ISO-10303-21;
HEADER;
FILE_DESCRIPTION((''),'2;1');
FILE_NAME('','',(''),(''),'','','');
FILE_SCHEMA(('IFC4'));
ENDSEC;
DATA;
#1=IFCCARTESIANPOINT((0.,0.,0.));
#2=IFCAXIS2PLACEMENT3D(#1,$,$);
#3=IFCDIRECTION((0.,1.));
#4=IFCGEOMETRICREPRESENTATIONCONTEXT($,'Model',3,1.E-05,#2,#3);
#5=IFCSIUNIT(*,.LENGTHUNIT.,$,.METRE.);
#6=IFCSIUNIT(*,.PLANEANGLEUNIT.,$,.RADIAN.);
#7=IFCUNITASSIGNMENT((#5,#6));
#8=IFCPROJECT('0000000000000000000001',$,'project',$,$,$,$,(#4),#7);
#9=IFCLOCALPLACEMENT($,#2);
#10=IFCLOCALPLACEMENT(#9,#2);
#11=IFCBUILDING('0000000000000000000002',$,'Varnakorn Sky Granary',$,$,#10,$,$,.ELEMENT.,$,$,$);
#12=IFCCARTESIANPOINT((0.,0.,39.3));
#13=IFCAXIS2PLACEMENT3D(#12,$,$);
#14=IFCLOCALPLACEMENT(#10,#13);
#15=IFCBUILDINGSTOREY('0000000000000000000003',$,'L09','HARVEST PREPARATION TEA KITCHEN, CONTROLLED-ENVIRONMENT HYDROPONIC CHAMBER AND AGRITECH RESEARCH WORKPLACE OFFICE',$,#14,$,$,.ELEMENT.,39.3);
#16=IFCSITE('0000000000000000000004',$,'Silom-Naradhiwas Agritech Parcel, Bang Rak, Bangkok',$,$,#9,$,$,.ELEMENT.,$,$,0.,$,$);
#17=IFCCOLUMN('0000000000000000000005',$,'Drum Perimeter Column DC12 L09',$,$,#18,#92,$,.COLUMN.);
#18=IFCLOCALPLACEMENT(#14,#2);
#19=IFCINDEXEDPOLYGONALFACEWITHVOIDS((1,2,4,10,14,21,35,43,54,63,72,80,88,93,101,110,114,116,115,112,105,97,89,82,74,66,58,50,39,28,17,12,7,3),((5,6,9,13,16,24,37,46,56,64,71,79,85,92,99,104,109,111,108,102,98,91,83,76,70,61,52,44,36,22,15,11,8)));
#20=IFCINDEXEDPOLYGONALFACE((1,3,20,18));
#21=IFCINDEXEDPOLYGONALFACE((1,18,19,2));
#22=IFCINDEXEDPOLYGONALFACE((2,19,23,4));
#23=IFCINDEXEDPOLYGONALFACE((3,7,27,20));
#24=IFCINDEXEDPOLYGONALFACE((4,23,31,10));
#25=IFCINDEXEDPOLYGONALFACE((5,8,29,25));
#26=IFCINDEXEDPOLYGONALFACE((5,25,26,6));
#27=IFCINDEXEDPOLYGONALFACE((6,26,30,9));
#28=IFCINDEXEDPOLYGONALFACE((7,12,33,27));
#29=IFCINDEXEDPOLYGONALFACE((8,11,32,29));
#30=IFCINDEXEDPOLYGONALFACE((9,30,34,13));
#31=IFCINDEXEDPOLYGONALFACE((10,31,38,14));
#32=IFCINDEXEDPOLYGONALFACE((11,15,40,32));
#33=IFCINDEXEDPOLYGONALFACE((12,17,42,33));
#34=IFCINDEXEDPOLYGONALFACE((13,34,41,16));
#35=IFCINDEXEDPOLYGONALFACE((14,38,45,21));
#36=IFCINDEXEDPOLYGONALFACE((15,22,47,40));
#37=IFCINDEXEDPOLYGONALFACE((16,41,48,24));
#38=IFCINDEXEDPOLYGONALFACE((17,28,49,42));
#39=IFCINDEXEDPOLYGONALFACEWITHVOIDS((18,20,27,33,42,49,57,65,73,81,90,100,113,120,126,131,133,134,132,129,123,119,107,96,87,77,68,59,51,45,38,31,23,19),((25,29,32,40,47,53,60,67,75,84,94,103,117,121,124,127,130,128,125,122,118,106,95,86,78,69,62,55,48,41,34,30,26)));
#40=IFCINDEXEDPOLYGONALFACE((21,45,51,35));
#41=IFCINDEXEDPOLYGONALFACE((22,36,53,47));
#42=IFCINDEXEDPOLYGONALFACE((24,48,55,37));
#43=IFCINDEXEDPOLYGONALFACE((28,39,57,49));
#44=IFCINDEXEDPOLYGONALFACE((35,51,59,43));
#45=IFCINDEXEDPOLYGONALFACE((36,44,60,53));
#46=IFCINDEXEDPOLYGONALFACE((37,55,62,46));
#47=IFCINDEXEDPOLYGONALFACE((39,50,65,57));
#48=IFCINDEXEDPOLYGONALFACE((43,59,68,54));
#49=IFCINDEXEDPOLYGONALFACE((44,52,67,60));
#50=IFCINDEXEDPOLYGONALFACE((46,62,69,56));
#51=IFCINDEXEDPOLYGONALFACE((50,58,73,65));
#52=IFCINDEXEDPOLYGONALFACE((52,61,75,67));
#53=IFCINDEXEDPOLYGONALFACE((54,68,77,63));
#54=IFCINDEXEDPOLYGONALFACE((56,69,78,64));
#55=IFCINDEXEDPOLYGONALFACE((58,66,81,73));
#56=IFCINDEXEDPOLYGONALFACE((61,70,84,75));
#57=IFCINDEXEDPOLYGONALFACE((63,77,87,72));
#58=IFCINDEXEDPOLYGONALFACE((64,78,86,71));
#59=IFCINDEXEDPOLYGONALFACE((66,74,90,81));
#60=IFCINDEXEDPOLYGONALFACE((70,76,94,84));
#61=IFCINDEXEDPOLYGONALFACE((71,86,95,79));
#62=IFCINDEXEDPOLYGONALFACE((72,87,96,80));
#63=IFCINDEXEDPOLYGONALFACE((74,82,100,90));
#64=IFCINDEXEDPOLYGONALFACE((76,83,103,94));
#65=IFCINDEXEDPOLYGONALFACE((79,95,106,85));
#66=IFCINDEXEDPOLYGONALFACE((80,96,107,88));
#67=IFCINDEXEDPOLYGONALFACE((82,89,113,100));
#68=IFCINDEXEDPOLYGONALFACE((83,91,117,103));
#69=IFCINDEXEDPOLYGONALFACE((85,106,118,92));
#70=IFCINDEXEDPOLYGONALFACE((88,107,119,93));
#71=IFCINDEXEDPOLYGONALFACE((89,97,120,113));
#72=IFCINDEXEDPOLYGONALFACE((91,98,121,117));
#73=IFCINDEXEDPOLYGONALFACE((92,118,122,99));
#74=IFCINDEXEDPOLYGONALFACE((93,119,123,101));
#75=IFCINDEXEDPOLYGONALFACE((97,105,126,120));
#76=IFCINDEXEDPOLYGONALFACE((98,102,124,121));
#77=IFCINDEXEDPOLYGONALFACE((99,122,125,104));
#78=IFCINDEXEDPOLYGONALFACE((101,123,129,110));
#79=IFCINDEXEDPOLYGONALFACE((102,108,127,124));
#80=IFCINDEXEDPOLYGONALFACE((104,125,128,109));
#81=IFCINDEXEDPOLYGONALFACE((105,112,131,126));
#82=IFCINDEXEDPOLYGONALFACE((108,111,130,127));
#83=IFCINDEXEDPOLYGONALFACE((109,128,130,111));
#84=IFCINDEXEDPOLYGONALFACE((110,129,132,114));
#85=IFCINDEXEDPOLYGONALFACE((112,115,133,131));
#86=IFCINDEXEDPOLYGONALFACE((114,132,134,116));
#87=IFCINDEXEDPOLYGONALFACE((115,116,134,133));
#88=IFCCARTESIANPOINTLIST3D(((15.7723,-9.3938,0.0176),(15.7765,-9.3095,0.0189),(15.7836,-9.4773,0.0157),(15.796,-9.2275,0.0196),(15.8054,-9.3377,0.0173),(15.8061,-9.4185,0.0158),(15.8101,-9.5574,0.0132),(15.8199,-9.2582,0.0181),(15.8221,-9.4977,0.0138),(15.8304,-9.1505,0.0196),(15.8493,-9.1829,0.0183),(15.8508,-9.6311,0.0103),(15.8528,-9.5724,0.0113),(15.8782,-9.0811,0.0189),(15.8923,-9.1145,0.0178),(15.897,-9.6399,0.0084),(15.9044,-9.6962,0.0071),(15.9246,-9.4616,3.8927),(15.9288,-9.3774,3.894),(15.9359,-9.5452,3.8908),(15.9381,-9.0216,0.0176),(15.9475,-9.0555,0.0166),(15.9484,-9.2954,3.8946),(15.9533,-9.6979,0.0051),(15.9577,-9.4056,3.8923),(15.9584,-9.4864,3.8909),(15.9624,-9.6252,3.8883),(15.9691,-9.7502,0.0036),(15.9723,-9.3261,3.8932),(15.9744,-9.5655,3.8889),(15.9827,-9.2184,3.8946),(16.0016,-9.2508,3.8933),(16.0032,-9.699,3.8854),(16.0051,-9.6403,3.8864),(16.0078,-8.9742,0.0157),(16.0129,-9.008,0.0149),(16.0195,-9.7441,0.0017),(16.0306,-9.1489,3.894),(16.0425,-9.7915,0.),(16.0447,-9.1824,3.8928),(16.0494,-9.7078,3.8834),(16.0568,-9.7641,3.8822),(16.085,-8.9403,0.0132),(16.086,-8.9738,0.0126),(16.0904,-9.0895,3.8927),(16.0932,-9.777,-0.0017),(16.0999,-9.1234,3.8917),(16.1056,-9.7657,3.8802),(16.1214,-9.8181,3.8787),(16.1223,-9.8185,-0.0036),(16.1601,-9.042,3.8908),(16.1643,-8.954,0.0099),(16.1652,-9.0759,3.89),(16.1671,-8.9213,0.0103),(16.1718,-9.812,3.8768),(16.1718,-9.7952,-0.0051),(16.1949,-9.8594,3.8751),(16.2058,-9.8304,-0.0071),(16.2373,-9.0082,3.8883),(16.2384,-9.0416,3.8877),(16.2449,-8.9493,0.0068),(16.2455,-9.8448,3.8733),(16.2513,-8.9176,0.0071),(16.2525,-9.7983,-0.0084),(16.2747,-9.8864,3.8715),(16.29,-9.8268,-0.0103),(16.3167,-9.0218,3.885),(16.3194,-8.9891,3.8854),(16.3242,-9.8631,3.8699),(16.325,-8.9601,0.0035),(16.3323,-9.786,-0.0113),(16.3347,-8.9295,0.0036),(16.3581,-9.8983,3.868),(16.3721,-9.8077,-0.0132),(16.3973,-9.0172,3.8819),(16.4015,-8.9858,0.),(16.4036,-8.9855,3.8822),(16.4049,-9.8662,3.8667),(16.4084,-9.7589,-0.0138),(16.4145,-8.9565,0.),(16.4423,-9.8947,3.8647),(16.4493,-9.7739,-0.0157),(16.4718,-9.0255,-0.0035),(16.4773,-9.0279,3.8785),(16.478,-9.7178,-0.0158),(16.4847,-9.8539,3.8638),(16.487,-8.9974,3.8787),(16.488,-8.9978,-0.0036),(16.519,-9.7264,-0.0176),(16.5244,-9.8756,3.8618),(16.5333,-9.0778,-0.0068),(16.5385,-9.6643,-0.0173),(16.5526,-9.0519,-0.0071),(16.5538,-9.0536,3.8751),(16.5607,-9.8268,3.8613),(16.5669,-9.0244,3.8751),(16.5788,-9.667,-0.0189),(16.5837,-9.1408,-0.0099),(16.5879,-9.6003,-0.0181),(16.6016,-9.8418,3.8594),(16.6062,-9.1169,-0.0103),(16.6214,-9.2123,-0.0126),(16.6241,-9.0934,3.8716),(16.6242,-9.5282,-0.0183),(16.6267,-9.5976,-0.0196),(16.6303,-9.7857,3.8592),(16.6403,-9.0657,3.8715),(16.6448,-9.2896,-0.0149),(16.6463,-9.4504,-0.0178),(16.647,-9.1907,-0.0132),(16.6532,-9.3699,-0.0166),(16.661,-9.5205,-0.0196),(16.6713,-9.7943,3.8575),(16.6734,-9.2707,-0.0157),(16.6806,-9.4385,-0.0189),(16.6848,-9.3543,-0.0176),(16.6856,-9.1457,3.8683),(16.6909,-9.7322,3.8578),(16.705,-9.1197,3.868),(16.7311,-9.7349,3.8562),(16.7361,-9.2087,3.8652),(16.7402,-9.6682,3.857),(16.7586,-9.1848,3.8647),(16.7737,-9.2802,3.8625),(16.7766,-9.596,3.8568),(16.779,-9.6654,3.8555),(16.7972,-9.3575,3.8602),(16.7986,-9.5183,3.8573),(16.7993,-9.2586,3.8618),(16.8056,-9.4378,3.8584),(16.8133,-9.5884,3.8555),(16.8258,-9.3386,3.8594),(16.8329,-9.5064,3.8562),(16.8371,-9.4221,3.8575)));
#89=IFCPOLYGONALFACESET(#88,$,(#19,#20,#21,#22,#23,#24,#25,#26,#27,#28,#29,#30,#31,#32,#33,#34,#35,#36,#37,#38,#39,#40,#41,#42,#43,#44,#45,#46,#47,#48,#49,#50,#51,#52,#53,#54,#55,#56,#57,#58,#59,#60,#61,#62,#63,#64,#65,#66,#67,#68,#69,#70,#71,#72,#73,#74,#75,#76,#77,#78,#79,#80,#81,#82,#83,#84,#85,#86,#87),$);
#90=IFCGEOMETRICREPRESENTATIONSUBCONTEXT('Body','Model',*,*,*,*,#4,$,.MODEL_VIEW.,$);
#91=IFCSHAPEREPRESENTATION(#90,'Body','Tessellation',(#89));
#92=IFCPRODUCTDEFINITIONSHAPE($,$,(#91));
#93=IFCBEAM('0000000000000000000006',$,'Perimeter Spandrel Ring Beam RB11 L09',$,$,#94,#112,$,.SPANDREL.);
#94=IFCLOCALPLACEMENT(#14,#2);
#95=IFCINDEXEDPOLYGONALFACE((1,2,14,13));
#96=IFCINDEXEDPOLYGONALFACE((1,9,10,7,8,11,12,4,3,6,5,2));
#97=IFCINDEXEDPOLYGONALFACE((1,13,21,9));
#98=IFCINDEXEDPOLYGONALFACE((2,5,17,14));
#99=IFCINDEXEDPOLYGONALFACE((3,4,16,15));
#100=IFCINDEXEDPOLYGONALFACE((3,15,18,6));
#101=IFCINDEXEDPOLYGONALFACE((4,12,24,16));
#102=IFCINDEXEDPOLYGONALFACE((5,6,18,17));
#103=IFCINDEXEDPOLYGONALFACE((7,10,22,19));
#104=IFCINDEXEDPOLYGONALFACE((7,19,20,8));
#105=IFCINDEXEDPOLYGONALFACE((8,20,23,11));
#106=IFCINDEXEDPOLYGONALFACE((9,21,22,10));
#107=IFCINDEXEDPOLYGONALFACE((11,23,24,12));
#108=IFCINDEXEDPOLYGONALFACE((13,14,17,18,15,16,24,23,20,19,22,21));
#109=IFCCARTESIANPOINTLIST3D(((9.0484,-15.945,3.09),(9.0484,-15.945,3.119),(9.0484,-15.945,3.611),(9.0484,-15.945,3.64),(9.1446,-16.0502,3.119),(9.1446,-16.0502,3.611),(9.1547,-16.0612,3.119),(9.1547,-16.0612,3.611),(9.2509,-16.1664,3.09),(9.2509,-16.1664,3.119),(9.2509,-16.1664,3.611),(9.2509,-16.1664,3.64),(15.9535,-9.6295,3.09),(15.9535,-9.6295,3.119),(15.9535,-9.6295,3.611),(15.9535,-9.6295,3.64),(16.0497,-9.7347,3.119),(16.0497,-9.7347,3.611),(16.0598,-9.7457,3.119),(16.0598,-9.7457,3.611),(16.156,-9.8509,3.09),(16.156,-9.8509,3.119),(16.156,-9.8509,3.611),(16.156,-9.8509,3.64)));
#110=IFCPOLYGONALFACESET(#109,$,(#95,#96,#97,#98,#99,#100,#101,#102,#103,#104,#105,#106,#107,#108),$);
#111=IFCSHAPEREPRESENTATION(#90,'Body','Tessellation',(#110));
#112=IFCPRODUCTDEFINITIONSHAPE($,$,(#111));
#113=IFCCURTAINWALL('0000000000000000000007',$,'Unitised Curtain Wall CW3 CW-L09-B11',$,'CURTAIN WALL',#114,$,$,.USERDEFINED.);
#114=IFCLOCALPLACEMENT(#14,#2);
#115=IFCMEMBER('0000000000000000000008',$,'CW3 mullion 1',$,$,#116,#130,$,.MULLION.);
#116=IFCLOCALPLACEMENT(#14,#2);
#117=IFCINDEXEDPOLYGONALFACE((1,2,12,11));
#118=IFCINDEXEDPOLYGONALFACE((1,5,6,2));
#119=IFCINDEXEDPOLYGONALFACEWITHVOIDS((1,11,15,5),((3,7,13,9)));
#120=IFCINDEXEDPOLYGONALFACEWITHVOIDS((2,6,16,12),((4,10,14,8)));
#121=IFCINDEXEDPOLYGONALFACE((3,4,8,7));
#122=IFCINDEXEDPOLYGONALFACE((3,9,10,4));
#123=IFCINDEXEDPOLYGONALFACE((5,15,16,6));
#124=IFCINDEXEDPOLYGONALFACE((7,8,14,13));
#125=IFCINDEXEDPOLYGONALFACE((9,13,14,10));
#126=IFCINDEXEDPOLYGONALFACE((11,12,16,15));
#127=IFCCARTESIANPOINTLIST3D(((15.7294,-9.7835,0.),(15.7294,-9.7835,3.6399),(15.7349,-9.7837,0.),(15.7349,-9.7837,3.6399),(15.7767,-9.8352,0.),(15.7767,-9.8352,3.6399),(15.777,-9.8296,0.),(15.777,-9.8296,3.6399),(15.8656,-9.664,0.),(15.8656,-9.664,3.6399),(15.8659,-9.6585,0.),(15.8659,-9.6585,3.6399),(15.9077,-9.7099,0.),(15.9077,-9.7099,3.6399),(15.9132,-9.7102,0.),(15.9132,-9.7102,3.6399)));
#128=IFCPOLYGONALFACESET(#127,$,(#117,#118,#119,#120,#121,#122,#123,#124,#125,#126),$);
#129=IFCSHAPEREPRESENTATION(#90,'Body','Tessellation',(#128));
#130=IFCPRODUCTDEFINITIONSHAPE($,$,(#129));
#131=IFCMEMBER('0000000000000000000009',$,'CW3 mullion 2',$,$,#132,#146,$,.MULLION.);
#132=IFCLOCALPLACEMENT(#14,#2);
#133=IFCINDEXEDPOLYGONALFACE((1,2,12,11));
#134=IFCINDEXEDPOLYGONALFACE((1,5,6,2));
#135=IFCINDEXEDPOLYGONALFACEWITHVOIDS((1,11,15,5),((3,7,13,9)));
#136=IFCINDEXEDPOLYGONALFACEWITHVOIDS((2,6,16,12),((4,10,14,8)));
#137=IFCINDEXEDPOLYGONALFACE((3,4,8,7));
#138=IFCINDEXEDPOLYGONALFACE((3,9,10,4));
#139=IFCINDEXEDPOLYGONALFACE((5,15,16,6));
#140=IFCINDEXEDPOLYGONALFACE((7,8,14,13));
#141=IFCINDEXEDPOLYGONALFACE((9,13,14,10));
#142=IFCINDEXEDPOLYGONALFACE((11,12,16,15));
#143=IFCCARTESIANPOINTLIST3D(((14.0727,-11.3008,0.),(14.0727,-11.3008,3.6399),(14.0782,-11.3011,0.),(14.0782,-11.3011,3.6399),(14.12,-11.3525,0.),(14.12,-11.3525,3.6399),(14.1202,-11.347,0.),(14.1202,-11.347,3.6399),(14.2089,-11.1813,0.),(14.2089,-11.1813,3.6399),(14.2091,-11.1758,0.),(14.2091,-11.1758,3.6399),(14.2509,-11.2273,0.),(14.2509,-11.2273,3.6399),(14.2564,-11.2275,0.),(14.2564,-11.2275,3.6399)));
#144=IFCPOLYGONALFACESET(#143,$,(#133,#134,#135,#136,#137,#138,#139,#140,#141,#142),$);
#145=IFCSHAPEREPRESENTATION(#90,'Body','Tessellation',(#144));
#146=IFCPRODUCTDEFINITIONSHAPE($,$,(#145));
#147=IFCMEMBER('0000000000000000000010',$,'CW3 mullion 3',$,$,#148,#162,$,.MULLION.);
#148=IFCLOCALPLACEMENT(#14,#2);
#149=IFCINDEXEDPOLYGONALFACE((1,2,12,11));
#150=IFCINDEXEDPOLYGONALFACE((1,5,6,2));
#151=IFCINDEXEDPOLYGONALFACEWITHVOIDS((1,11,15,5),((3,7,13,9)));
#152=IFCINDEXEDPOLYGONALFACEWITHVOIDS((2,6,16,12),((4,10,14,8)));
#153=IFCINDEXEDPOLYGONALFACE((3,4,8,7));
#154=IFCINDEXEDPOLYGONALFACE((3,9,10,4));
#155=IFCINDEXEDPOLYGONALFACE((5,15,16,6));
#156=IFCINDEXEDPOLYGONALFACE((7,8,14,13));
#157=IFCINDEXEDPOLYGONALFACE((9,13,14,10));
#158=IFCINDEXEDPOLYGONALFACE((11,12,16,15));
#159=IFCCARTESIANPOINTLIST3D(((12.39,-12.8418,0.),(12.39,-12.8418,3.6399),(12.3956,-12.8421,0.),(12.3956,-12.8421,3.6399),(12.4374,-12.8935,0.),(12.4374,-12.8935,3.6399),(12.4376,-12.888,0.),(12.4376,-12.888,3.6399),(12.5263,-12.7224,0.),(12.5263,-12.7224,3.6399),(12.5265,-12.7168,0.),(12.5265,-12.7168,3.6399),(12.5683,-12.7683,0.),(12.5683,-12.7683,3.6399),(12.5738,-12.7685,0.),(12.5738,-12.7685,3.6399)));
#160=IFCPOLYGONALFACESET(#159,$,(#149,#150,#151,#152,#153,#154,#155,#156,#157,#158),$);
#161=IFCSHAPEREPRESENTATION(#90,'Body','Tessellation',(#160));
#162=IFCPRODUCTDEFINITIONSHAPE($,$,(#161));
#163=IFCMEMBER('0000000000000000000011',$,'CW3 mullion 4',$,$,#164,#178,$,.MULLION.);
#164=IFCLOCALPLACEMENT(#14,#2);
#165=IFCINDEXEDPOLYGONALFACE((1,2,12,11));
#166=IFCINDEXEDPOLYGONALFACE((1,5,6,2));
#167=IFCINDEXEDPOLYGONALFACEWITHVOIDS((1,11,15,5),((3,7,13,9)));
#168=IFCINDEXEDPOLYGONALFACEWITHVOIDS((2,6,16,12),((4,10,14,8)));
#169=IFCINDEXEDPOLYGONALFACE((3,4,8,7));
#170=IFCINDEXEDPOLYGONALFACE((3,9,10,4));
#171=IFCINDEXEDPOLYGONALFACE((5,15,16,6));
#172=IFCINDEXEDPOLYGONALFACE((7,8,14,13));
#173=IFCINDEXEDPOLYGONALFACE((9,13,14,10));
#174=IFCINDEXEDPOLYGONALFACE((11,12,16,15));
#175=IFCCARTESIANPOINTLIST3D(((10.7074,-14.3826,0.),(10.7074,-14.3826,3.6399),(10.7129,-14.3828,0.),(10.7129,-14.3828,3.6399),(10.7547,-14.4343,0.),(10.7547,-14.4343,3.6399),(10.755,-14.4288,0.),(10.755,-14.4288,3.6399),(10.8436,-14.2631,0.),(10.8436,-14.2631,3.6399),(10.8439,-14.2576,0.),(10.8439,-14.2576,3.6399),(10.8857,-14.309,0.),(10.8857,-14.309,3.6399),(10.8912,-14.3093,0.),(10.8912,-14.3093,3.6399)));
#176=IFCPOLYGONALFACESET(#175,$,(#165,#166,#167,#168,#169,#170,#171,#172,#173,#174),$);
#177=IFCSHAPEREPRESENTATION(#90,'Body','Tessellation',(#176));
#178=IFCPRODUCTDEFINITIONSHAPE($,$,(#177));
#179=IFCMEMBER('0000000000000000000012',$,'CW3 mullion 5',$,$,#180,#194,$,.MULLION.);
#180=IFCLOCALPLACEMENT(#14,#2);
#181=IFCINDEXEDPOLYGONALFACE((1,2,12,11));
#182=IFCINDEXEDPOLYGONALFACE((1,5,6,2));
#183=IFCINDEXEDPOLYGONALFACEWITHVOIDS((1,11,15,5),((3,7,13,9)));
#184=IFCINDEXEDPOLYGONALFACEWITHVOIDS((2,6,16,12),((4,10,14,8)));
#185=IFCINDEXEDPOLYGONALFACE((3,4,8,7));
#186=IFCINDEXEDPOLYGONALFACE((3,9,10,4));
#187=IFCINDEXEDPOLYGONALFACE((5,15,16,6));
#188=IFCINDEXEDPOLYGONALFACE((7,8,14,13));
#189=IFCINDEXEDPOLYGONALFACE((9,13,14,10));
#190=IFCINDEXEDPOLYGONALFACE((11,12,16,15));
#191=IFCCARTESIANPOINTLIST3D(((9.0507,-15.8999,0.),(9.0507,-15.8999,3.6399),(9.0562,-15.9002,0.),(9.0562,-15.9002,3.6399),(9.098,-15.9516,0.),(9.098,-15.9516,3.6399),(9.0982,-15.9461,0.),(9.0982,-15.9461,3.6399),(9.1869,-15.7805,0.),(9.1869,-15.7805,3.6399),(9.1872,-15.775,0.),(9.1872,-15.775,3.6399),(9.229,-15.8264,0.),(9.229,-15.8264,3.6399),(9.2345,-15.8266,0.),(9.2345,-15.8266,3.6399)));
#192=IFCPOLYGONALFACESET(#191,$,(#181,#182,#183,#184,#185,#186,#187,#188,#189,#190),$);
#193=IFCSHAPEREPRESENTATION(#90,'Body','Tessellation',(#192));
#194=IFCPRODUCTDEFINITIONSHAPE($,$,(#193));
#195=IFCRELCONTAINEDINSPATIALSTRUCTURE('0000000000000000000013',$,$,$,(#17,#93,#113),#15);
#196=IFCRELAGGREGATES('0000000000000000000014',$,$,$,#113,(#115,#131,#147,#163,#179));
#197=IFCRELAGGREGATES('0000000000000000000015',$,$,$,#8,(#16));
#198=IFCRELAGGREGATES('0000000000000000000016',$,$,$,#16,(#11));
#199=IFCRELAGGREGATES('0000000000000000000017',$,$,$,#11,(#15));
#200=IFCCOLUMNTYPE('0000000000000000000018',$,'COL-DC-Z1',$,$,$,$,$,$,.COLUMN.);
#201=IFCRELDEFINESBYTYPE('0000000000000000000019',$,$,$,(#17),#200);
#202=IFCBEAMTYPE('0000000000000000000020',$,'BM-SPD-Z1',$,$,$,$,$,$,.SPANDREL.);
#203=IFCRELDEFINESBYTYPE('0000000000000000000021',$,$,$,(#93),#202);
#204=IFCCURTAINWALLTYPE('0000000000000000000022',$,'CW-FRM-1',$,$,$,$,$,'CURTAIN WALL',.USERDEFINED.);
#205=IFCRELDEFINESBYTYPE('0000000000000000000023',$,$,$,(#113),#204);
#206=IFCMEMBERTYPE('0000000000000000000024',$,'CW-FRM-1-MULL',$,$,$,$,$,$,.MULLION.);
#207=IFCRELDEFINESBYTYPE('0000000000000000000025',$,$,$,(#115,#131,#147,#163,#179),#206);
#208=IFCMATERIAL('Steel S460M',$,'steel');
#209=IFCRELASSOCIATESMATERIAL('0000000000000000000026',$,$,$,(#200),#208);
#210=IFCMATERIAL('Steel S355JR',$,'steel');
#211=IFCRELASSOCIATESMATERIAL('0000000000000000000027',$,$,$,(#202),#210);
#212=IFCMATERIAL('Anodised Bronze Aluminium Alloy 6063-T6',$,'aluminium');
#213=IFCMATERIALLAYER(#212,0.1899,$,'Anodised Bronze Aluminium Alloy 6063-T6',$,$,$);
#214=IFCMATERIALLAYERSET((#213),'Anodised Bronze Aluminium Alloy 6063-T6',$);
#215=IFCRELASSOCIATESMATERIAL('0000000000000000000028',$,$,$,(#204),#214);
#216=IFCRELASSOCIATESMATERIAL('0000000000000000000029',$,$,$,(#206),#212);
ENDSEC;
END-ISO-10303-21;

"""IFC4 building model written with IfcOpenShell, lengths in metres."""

from ifc_helpers import new_model, si_unit, direction, frame, origin, origin_2d, place, context, subcontext, project, spatial, hollow_rectangle, hollow_circle, i_section, extrude, material, layer, layer_set, material_profile, profile_set, type_object, element, aggregate, save


model = new_model("IFC4")

# Units and contexts
model_context = context("Model", 3, precision=1e-05, world=origin(), true_north=direction((0.0, 1.0)))
body_context = subcontext(model_context, "Body", "Model", "MODEL_VIEW")
ifc_project = project(units=[si_unit("LENGTHUNIT", "METRE"), si_unit("PLANEANGLEUNIT", "RADIAN")], contexts=[model_context])

# Site, building, storey
site_placement = place(None, origin())
site = spatial("IfcSite", under=ifc_project, at=site_placement, Name="Silom-Naradhiwas Agritech Parcel, Bang Rak, Bangkok", CompositionType="ELEMENT", RefElevation=0.0)
building_placement = place(site_placement, origin())
building = spatial("IfcBuilding", under=site, at=building_placement, Name="Varnakorn Sky Granary", CompositionType="ELEMENT")
storey_placement = place(building_placement, frame((0.0, 0.0, 39.3)))
storey = spatial("IfcBuildingStorey", under=building, at=storey_placement, Name="L09", Description="HARVEST PREPARATION TEA KITCHEN, CONTROLLED-ENVIRONMENT HYDROPONIC CHAMBER AND AGRITECH RESEARCH WORKPLACE OFFICE", CompositionType="ELEMENT", Elevation=39.3)

# Column
ifc_material_1 = material(Name="Steel S460M", Category="steel")
ifc_material_profile_1 = material_profile(ifc_material_1, hollow_circle(Radius=0.457, WallThickness=0.032, at=origin_2d()), Name="CHS 914x32")
ifc_profile_set_1 = profile_set([ifc_material_profile_1], Name="Steel S460M")
column_type = type_object("IfcColumnType", Name="COL-DC-Z1", PredefinedType="COLUMN", material=ifc_profile_set_1)
column_placement = place(storey_placement, frame((16.2285, -9.374, 0.0), z_axis=(0.039278, -0.017499, 0.999075), x_axis=(0.406953, 0.913449, 0.0)))
element("IfcColumn", 1, at=column_placement, inside=storey, type_object=column_type, Name="Drum Perimeter Column DC12 L09", PredefinedType="COLUMN", context=body_context, shape_type="SweptSolid", body=[
    extrude(hollow_circle(Radius=0.457, WallThickness=0.032, at=origin_2d()), origin(), (0.0, 0.0, 1.0), 3.8787),
])

# Beam
ifc_material_2 = material(Name="Steel S355JR", Category="steel")
ifc_material_profile_2 = material_profile(ifc_material_2, i_section(OverallWidth=0.3, OverallDepth=0.55, WebThickness=0.0149, FlangeThickness=0.0291, at=origin_2d()), Name="HE 550 B")
ifc_profile_set_2 = profile_set([ifc_material_profile_2], Name="Steel S355JR")
beam_type = type_object("IfcBeamType", Name="BM-SPD-Z1", PredefinedType="SPANDREL", material=ifc_profile_set_2)
beam_placement = place(storey_placement, frame((9.1497, -16.0557, 3.365), z_axis=(0.737909, 0.674901, 0.0), x_axis=(-0.674901, 0.737909, 0.0)))
element("IfcBeam", 2, at=beam_placement, inside=storey, type_object=beam_type, Name="Perimeter Spandrel Ring Beam RB11 L09", PredefinedType="SPANDREL", context=body_context, shape_type="SweptSolid", body=[
    extrude(i_section(OverallWidth=0.3, OverallDepth=0.55, WebThickness=0.0149, FlangeThickness=0.0291, at=origin_2d()), origin(), (0.0, 0.0, 1.0), 9.3577),
])

# Curtain wall, members
ifc_material_3 = material(Name="Anodised Bronze Aluminium Alloy 6063-T6", Category="aluminium")
ifc_layer_1 = layer(ifc_material_3, 0.1899, Name="Anodised Bronze Aluminium Alloy 6063-T6")
ifc_layer_set_1 = layer_set([ifc_layer_1], Name="Anodised Bronze Aluminium Alloy 6063-T6")
curtain_wall_type = type_object("IfcCurtainWallType", Name="CW-FRM-1", ElementType="CURTAIN WALL", PredefinedType="USERDEFINED", material=ifc_layer_set_1)
curtain_wall_placement = place(storey_placement, origin())
curtain_wall = element("IfcCurtainWall", 3, at=curtain_wall_placement, inside=storey, type_object=curtain_wall_type, Name="Unitised Curtain Wall CW3 CW-L09-B11", ObjectType="CURTAIN WALL", PredefinedType="USERDEFINED")
ifc_material_profile_3 = material_profile(ifc_material_3, hollow_rectangle(XDim=0.0701, YDim=0.1851, WallThickness=0.0039, at=origin_2d()), Name="ALU MULL 70x185")
ifc_profile_set_3 = profile_set([ifc_material_profile_3], Name="Anodised Bronze Aluminium Alloy 6063-T6")
member_type_1 = type_object("IfcMemberType", Name="CW-FRM-1-MULL", PredefinedType="MULLION", material=ifc_profile_set_3)
member_1_placement = place(storey_placement, frame((15.8213, -9.7468, 0.0), z_axis=(0.0, 0.0, 1.0), x_axis=(0.675389, -0.737462, 0.0)))
member_1 = element("IfcMember", 4, at=member_1_placement, type_object=member_type_1, Name="CW3 mullion 1", PredefinedType="MULLION", context=body_context, shape_type="SweptSolid", body=[
    extrude(hollow_rectangle(XDim=0.0701, YDim=0.1851, WallThickness=0.0039, at=origin_2d()), origin(), (0.0, 0.0, 1.0), 3.6399),
])
member_2_placement = place(storey_placement, frame((14.1646, -11.2642, 0.0), z_axis=(0.0, 0.0, 1.0), x_axis=(0.675389, -0.737462, 0.0)))
member_2 = element("IfcMember", 5, at=member_2_placement, type_object=member_type_1, Name="CW3 mullion 2", PredefinedType="MULLION", context=body_context, shape_type="SweptSolid", body=[
    extrude(hollow_rectangle(XDim=0.0701, YDim=0.1851, WallThickness=0.0039, at=origin_2d()), origin(), (0.0, 0.0, 1.0), 3.6399),
])
member_3_placement = place(storey_placement, frame((12.4819, -12.8052, 0.0), z_axis=(0.0, 0.0, 1.0), x_axis=(0.675389, -0.737462, 0.0)))
member_3 = element("IfcMember", 6, at=member_3_placement, type_object=member_type_1, Name="CW3 mullion 3", PredefinedType="MULLION", context=body_context, shape_type="SweptSolid", body=[
    extrude(hollow_rectangle(XDim=0.0701, YDim=0.1851, WallThickness=0.0039, at=origin_2d()), origin(), (0.0, 0.0, 1.0), 3.6399),
])
member_4_placement = place(storey_placement, frame((10.7993, -14.3459, 0.0), z_axis=(0.0, 0.0, 1.0), x_axis=(0.675389, -0.737462, 0.0)))
member_4 = element("IfcMember", 7, at=member_4_placement, type_object=member_type_1, Name="CW3 mullion 4", PredefinedType="MULLION", context=body_context, shape_type="SweptSolid", body=[
    extrude(hollow_rectangle(XDim=0.0701, YDim=0.1851, WallThickness=0.0039, at=origin_2d()), origin(), (0.0, 0.0, 1.0), 3.6399),
])
member_5_placement = place(storey_placement, frame((9.1426, -15.8633, 0.0), z_axis=(0.0, 0.0, 1.0), x_axis=(0.675389, -0.737462, 0.0)))
member_5 = element("IfcMember", 8, at=member_5_placement, type_object=member_type_1, Name="CW3 mullion 5", PredefinedType="MULLION", context=body_context, shape_type="SweptSolid", body=[
    extrude(hollow_rectangle(XDim=0.0701, YDim=0.1851, WallThickness=0.0039, at=origin_2d()), origin(), (0.0, 0.0, 1.0), 3.6399),
])
aggregate(curtain_wall, [member_1, member_2, member_3, member_4, member_5])

save(model, "model.ifc")
